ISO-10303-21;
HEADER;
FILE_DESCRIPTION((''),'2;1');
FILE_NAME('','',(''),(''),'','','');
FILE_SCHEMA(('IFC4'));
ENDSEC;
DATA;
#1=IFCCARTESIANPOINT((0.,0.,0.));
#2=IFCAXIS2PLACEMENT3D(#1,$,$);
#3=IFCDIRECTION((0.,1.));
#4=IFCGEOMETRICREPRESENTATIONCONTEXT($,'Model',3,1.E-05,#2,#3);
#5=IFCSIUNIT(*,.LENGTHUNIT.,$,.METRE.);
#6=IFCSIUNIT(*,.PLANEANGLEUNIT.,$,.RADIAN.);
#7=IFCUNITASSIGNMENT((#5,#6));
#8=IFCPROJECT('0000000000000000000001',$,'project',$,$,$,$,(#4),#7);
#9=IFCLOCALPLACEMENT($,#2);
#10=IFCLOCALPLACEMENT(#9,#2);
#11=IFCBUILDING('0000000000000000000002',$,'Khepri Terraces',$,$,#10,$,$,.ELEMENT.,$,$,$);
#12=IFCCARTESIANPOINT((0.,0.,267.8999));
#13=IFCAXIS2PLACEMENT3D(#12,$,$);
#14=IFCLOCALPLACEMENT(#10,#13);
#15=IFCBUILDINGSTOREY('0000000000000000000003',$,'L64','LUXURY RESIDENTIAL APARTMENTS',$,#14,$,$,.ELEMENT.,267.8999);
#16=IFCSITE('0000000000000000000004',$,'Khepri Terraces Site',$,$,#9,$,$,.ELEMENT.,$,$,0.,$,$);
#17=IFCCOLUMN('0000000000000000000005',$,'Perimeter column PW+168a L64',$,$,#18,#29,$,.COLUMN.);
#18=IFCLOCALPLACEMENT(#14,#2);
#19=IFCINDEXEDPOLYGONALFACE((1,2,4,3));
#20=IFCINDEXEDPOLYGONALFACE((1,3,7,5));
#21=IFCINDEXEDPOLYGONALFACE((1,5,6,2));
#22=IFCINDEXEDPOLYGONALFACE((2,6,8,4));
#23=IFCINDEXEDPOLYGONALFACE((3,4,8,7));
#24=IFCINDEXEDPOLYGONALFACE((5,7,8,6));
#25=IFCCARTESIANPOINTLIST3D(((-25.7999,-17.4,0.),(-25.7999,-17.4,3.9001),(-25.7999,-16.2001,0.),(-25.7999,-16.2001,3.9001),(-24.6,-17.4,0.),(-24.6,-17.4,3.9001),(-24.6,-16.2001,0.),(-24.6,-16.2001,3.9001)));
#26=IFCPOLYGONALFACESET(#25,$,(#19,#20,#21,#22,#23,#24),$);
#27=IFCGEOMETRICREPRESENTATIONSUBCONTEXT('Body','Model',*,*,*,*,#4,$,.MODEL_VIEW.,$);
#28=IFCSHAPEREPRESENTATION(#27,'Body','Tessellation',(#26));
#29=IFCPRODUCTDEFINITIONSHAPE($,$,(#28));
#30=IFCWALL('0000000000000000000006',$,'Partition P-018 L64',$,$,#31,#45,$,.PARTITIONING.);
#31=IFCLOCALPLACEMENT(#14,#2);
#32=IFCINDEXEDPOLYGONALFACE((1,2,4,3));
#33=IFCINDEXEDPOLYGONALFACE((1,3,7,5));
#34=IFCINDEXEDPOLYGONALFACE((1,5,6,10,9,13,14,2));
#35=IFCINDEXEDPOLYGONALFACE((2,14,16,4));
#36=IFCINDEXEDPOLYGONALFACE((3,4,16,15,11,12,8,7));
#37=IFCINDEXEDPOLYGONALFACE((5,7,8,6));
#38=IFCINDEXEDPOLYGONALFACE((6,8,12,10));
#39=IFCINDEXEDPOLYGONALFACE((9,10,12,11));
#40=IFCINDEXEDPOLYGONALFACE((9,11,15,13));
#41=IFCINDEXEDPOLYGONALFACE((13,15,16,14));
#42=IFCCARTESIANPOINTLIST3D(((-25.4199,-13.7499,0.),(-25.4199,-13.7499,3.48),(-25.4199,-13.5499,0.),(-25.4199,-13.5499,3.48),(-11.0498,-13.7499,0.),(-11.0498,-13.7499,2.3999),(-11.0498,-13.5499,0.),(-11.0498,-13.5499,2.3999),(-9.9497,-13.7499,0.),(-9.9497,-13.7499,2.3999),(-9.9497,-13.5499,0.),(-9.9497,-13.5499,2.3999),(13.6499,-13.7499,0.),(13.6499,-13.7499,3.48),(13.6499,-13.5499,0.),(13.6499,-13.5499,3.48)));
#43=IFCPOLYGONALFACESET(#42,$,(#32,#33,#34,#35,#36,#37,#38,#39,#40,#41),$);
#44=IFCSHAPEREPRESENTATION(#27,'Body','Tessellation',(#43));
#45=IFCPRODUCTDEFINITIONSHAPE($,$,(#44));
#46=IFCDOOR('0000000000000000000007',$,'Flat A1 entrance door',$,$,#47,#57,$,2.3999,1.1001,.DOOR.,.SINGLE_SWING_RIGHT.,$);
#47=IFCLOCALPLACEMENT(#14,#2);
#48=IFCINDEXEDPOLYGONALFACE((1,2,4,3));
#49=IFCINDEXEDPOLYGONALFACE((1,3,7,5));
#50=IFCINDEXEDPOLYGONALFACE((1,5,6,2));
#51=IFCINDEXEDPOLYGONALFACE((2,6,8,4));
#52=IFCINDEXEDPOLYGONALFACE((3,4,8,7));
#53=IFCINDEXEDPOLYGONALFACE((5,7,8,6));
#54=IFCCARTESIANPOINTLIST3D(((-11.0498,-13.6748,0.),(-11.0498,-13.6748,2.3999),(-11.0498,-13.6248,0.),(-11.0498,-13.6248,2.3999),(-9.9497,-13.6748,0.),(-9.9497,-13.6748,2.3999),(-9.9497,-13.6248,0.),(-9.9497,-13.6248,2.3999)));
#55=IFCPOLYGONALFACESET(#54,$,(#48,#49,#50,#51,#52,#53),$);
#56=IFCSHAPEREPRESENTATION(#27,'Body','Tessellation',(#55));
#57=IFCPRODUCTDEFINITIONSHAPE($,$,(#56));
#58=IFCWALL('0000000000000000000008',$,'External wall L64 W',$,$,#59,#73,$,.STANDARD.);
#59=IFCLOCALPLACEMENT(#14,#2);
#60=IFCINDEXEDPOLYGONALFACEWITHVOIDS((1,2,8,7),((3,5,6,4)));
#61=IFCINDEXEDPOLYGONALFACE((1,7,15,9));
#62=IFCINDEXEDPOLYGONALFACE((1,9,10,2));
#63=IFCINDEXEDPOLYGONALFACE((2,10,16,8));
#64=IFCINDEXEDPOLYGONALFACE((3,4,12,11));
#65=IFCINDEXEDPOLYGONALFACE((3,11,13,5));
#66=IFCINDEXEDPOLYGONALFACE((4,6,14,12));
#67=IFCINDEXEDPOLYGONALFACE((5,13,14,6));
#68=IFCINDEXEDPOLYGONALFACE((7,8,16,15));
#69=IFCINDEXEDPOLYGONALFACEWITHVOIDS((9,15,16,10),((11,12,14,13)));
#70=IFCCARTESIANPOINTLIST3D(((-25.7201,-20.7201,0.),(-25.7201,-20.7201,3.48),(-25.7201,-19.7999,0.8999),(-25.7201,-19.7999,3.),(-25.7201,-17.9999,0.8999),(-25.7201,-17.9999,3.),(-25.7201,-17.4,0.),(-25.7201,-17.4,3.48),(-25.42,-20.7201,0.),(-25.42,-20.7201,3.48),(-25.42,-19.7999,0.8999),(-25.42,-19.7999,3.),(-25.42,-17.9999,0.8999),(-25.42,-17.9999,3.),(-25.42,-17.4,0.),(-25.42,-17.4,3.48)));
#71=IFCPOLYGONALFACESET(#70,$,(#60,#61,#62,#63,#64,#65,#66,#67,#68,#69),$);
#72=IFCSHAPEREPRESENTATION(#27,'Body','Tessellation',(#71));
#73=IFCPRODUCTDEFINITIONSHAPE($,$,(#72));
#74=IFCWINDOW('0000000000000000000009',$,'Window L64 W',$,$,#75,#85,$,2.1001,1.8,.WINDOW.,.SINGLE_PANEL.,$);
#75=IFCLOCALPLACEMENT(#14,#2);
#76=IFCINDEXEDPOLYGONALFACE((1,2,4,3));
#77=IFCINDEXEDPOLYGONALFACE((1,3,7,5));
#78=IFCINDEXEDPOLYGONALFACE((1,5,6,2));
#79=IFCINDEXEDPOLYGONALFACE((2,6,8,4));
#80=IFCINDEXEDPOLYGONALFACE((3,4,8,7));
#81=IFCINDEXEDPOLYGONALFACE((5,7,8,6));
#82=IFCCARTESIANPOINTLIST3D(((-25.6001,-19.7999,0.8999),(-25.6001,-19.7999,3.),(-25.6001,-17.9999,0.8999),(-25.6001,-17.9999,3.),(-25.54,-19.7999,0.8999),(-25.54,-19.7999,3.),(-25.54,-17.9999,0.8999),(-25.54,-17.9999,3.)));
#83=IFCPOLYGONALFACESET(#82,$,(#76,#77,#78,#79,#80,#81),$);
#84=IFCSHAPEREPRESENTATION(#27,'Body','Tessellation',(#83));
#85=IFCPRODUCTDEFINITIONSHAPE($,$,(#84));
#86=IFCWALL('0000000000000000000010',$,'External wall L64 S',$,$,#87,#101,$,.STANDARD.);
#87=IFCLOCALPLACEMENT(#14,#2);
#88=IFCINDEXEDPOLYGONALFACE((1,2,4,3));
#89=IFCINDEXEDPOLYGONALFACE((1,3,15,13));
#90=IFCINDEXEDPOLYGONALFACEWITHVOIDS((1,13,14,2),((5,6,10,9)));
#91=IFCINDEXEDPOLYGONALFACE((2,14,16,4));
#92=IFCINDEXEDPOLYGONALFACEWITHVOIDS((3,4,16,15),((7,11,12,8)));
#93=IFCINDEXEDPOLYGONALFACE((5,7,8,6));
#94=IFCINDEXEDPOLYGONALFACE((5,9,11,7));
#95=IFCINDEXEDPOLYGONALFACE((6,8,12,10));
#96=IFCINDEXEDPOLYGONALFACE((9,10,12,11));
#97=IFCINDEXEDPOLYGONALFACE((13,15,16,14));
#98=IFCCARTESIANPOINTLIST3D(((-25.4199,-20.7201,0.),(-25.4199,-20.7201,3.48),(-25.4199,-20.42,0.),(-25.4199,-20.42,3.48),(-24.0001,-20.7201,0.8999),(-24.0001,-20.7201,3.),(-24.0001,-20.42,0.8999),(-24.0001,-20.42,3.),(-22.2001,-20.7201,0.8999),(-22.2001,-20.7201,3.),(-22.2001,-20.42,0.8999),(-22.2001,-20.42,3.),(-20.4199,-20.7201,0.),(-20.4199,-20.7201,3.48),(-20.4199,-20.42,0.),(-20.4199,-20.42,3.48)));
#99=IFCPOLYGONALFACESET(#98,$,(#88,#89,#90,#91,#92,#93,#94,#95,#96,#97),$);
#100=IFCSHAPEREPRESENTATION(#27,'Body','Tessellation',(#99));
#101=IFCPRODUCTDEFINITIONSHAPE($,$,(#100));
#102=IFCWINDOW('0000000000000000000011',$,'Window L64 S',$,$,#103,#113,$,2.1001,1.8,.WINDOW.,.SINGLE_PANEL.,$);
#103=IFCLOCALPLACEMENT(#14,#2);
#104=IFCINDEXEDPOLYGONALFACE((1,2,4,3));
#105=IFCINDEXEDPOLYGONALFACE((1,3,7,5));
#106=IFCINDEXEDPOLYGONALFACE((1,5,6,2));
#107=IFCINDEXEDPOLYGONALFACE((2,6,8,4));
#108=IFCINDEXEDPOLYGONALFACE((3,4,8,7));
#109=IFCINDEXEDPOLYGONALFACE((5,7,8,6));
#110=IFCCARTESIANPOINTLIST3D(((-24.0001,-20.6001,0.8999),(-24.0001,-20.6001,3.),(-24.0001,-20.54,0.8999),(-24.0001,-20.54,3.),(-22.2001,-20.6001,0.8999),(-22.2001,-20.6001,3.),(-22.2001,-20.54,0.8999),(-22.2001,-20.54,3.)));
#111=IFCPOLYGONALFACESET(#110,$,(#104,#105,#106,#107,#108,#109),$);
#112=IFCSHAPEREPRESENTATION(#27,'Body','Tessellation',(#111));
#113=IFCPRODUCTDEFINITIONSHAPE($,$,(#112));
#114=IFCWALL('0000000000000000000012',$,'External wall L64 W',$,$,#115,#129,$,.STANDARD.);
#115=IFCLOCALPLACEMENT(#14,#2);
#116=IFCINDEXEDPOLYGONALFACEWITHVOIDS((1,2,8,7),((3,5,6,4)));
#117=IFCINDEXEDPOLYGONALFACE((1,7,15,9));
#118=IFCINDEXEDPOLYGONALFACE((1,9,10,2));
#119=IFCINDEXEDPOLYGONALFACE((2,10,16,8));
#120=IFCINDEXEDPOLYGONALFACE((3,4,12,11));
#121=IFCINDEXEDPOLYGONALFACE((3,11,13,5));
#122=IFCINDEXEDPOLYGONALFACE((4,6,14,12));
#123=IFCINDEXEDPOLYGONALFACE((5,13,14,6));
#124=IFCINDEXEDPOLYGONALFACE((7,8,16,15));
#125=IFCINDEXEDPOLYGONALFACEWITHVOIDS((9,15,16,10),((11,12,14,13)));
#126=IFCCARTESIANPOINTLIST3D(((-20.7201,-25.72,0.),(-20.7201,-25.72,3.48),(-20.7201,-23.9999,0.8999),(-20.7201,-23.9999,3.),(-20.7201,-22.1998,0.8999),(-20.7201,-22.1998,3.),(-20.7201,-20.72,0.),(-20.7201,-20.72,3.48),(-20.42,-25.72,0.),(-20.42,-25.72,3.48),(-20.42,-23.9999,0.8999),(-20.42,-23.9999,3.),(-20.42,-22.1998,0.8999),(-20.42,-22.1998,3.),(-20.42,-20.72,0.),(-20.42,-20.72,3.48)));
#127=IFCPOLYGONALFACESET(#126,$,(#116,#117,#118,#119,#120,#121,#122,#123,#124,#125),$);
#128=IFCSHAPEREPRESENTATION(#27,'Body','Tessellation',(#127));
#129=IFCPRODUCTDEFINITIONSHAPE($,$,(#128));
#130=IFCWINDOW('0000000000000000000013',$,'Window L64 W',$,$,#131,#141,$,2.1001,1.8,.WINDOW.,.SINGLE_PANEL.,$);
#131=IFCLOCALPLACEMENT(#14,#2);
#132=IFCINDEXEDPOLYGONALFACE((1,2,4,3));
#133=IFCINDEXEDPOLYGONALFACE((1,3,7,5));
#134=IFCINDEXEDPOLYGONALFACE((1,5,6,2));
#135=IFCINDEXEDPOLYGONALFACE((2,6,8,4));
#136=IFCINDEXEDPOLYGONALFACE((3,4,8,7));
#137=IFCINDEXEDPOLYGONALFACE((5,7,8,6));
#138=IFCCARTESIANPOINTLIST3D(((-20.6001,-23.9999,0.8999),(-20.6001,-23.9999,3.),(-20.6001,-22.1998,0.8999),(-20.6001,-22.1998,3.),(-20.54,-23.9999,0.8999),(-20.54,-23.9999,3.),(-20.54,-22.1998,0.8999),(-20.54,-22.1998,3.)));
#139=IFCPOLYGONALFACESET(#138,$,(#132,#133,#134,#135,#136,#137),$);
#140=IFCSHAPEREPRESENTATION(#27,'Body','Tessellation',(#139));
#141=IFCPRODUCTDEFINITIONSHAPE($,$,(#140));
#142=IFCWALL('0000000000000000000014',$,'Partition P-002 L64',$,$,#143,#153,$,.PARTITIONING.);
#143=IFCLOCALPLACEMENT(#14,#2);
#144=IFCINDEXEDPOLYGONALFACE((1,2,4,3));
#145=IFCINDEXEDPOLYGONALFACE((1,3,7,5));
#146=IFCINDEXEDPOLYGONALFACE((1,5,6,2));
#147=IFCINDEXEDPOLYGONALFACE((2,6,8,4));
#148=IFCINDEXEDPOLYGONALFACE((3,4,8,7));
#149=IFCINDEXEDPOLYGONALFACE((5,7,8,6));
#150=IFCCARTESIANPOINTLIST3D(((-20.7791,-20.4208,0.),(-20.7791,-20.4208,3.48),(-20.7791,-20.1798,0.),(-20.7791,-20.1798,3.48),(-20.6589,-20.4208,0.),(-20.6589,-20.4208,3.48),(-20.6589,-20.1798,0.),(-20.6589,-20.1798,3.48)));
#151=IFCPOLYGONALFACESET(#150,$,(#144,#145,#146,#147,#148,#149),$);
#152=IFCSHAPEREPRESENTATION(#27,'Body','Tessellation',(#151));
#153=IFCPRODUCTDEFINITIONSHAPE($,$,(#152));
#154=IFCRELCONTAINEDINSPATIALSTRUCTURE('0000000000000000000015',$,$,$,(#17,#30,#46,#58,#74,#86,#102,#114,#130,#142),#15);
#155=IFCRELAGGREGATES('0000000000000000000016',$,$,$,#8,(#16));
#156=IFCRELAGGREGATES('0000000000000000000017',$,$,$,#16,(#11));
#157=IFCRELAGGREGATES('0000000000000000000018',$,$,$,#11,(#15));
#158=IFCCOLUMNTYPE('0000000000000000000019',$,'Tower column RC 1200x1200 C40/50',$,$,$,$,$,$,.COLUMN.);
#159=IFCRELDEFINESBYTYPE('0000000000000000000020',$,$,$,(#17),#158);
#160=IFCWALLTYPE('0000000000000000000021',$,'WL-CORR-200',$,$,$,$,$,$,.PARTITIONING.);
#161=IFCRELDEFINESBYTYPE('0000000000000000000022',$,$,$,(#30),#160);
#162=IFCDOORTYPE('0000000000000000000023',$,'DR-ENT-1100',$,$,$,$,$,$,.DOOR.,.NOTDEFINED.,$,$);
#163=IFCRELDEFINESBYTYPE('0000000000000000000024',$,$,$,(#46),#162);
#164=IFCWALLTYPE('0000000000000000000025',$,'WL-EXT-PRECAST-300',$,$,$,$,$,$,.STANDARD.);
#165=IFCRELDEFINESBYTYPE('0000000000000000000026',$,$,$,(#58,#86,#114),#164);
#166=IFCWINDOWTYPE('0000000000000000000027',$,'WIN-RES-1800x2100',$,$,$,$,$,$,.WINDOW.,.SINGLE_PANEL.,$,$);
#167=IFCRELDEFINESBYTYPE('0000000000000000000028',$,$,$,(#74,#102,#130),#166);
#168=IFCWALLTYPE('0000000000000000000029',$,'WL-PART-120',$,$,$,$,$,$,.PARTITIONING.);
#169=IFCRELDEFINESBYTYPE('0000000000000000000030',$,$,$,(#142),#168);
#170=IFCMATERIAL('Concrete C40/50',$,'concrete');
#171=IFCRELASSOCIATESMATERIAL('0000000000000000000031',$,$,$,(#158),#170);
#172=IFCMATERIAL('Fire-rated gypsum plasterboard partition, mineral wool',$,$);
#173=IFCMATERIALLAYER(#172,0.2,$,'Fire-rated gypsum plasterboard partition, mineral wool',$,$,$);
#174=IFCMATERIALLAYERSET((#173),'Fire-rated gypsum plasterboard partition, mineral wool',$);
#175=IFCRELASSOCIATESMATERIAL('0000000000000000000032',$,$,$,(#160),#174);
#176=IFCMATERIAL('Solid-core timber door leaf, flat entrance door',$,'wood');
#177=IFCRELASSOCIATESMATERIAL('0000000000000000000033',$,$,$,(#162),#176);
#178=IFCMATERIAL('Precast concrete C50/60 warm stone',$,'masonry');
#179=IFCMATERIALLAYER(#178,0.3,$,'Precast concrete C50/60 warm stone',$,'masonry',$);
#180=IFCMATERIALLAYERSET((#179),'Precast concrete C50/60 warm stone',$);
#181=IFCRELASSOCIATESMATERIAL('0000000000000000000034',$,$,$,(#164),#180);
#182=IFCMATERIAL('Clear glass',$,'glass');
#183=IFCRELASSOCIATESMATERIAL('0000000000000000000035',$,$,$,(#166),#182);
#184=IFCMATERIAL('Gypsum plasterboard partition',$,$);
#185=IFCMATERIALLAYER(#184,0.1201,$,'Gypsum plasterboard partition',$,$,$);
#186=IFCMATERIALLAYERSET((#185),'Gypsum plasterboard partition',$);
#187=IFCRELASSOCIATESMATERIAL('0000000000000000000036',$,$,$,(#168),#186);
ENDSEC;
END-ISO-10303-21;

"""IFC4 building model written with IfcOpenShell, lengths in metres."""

from ifc_helpers import new_model, si_unit, direction, frame, frame_2d, origin, origin_2d, place, context, subcontext, project, spatial, rectangle, extrude, material, layer, layer_set, material_profile, profile_set, type_object, element, fill, save


model = new_model("IFC4")

# Units and contexts
model_context = context("Model", 3, precision=1e-05, world=origin(), true_north=direction((0.0, 1.0)))
body_context = subcontext(model_context, "Body", "Model", "MODEL_VIEW")
ifc_project = project(units=[si_unit("LENGTHUNIT", "METRE"), si_unit("PLANEANGLEUNIT", "RADIAN")], contexts=[model_context])

# Site, building, storey
site_placement = place(None, origin())
site = spatial("IfcSite", under=ifc_project, at=site_placement, Name="Khepri Terraces Site", CompositionType="ELEMENT", RefElevation=0.0)
building_placement = place(site_placement, origin())
building = spatial("IfcBuilding", under=site, at=building_placement, Name="Khepri Terraces", CompositionType="ELEMENT")
storey_placement = place(building_placement, frame((0.0, 0.0, 267.8999)))
storey = spatial("IfcBuildingStorey", under=building, at=storey_placement, Name="L64", Description="LUXURY RESIDENTIAL APARTMENTS", CompositionType="ELEMENT", Elevation=267.8999)

# Column
ifc_material_1 = material(Name="Concrete C40/50", Category="concrete")
ifc_material_profile = material_profile(ifc_material_1, rectangle(XDim=1.2, YDim=1.2, at=origin_2d()), Name="Concrete C40/50", Category="concrete")
ifc_profile_set = profile_set([ifc_material_profile], Name="Concrete C40/50")
column_type = type_object("IfcColumnType", Name="Tower column RC 1200x1200 C40/50", PredefinedType="COLUMN", material=ifc_profile_set)
column_placement = place(storey_placement, frame((-25.2, -16.8, 0.0), z_axis=(0.0, 0.0, 1.0), x_axis=(1.0, 0.0, 0.0)))
element("IfcColumn", 1, at=column_placement, inside=storey, type_object=column_type, Name="Perimeter column PW+168a L64", PredefinedType="COLUMN", context=body_context, shape_type="SweptSolid", body=[
    extrude(rectangle(XDim=1.2, YDim=1.2, at=origin_2d()), origin(), (0.0, 0.0, 1.0), 3.9001),
])

# Wall, opening, door
ifc_material_2 = material(Name="Fire-rated gypsum plasterboard partition, mineral wool")
ifc_layer_1 = layer(ifc_material_2, 0.2, Name="Fire-rated gypsum plasterboard partition, mineral wool")
ifc_layer_set_1 = layer_set([ifc_layer_1], Name="Fire-rated gypsum plasterboard partition, mineral wool")
wall_type_1 = type_object("IfcWallType", Name="WL-CORR-200", PredefinedType="PARTITIONING", material=ifc_layer_set_1)
wall_1_placement = place(storey_placement, frame((-25.4199, -13.6499, 0.0), z_axis=(0.0, 0.0, 1.0), x_axis=(1.0, 0.0, 0.0)))
wall_1 = element("IfcWall", 2, at=wall_1_placement, inside=storey, type_object=wall_type_1, Name="Partition P-018 L64", PredefinedType="PARTITIONING", context=body_context, shape_type="SweptSolid", body=[
    extrude(rectangle(XDim=39.0698, YDim=0.2, at=frame_2d((19.5349, 0.0))), origin(), (0.0, 0.0, 1.0), 3.48),
])
opening_1_placement = place(wall_1_placement, frame((14.3701, 0.0, 0.0)))
opening_1 = element("IfcOpeningElement", 3, at=opening_1_placement, cuts=wall_1, PredefinedType="OPENING", context=body_context, shape_type="SweptSolid", body=[
    extrude(rectangle(XDim=1.1001, YDim=2.3999, at=frame_2d((0.55, 1.2))), frame((0.0, 0.1099, 0.0), z_axis=(0.0, -1.0, 0.0), x_axis=(1.0, 0.0, 0.0)), (0.0, 0.0, 1.0), 0.22),
])
ifc_material_3 = material(Name="Solid-core timber door leaf, flat entrance door", Category="wood")
door_type_1 = type_object("IfcDoorType", Name="DR-ENT-1100", OperationType="NOTDEFINED", PredefinedType="DOOR", material=ifc_material_3)
door_1_placement = place(opening_1_placement, frame((1.1001, 0.0, 0.0), z_axis=(0.0, 0.0, 1.0), x_axis=(-1.0, 0.0, 0.0)))
door_1 = element("IfcDoor", 4, at=door_1_placement, inside=storey, type_object=door_type_1, Name="Flat A1 entrance door", OperationType="SINGLE_SWING_RIGHT", OverallHeight=2.3999, OverallWidth=1.1001, PredefinedType="DOOR", context=body_context, shape_type="SweptSolid", body=[
    extrude(rectangle(XDim=1.1001, YDim=2.3999, at=frame_2d((0.55, 1.2))), frame((0.0, 0.0249, 0.0), z_axis=(0.0, -1.0, 0.0), x_axis=(1.0, 0.0, 0.0)), (0.0, 0.0, 1.0), 0.05),
])
fill(opening_1, door_1)

# Walls, openings, windows
ifc_material_4 = material(Name="Precast concrete C50/60 warm stone", Category="masonry")
ifc_layer_2 = layer(ifc_material_4, 0.3, Name="Precast concrete C50/60 warm stone", Category="masonry")
ifc_layer_set_2 = layer_set([ifc_layer_2], Name="Precast concrete C50/60 warm stone")
wall_type_2 = type_object("IfcWallType", Name="WL-EXT-PRECAST-300", PredefinedType="STANDARD", material=ifc_layer_set_2)
wall_2_placement = place(storey_placement, frame((-25.5701, -17.3999, 0.0), z_axis=(0.0, 0.0, 1.0), x_axis=(0.0, -1.0, 0.0)))
wall_2 = element("IfcWall", 5, at=wall_2_placement, inside=storey, type_object=wall_type_2, Name="External wall L64 W", PredefinedType="STANDARD", context=body_context, shape_type="SweptSolid", body=[
    extrude(rectangle(XDim=3.3201, YDim=0.3, at=frame_2d((1.6602, 0.0))), origin(), (0.0, 0.0, 1.0), 3.48),
])
opening_2_placement = place(wall_2_placement, frame((0.6001, 0.0, 0.8999)))
opening_2 = element("IfcOpeningElement", 6, at=opening_2_placement, cuts=wall_2, PredefinedType="OPENING", context=body_context, shape_type="SweptSolid", body=[
    extrude(rectangle(XDim=1.8, YDim=2.1001, at=frame_2d((0.8999, 1.05))), frame((0.0, 0.1602, 0.0), z_axis=(0.0, -1.0, 0.0), x_axis=(1.0, 0.0, 0.0)), (0.0, 0.0, 1.0), 0.3201),
])
ifc_material_5 = material(Name="Clear glass", Category="glass")
window_type = type_object("IfcWindowType", Name="WIN-RES-1800x2100", PartitioningType="SINGLE_PANEL", PredefinedType="WINDOW", material=ifc_material_5)
window_1_placement = place(opening_2_placement, origin())
window_1 = element("IfcWindow", 7, at=window_1_placement, inside=storey, type_object=window_type, Name="Window L64 W", OverallHeight=2.1001, OverallWidth=1.8, PartitioningType="SINGLE_PANEL", PredefinedType="WINDOW", context=body_context, shape_type="SweptSolid", body=[
    extrude(rectangle(XDim=1.8, YDim=2.1001, at=frame_2d((0.8999, 1.05))), frame((0.0, 0.03, 0.0), z_axis=(0.0, -1.0, 0.0), x_axis=(1.0, 0.0, 0.0)), (0.0, 0.0, 1.0), 0.0601),
])
fill(opening_2, window_1)
wall_3_placement = place(storey_placement, frame((-25.4199, -20.5701, 0.0), z_axis=(0.0, 0.0, 1.0), x_axis=(1.0, 0.0, 0.0)))
wall_3 = element("IfcWall", 8, at=wall_3_placement, inside=storey, type_object=wall_type_2, Name="External wall L64 S", PredefinedType="STANDARD", context=body_context, shape_type="SweptSolid", body=[
    extrude(rectangle(XDim=5.0, YDim=0.3, at=frame_2d((2.5, 0.0))), origin(), (0.0, 0.0, 1.0), 3.48),
])
opening_3_placement = place(wall_3_placement, frame((1.4199, 0.0, 0.8999)))
opening_3 = element("IfcOpeningElement", 9, at=opening_3_placement, cuts=wall_3, PredefinedType="OPENING", context=body_context, shape_type="SweptSolid", body=[
    extrude(rectangle(XDim=1.8, YDim=2.1001, at=frame_2d((0.8999, 1.05))), frame((0.0, 0.1602, 0.0), z_axis=(0.0, -1.0, 0.0), x_axis=(1.0, 0.0, 0.0)), (0.0, 0.0, 1.0), 0.3201),
])
window_2_placement = place(opening_3_placement, origin())
window_2 = element("IfcWindow", 10, at=window_2_placement, inside=storey, type_object=window_type, Name="Window L64 S", OverallHeight=2.1001, OverallWidth=1.8, PartitioningType="SINGLE_PANEL", PredefinedType="WINDOW", context=body_context, shape_type="SweptSolid", body=[
    extrude(rectangle(XDim=1.8, YDim=2.1001, at=frame_2d((0.8999, 1.05))), frame((0.0, 0.03, 0.0), z_axis=(0.0, -1.0, 0.0), x_axis=(1.0, 0.0, 0.0)), (0.0, 0.0, 1.0), 0.0601),
])
fill(opening_3, window_2)
wall_4_placement = place(storey_placement, frame((-20.5701, -20.72, 0.0), z_axis=(0.0, 0.0, 1.0), x_axis=(0.0, -1.0, 0.0)))
wall_4 = element("IfcWall", 11, at=wall_4_placement, inside=storey, type_object=wall_type_2, Name="External wall L64 W", PredefinedType="STANDARD", context=body_context, shape_type="SweptSolid", body=[
    extrude(rectangle(XDim=5.0, YDim=0.3, at=frame_2d((2.5, 0.0))), origin(), (0.0, 0.0, 1.0), 3.48),
])
opening_4_placement = place(wall_4_placement, frame((1.48, 0.0, 0.8999)))
opening_4 = element("IfcOpeningElement", 12, at=opening_4_placement, cuts=wall_4, PredefinedType="OPENING", context=body_context, shape_type="SweptSolid", body=[
    extrude(rectangle(XDim=1.8, YDim=2.1001, at=frame_2d((0.8999, 1.05))), frame((0.0, 0.1602, 0.0), z_axis=(0.0, -1.0, 0.0), x_axis=(1.0, 0.0, 0.0)), (0.0, 0.0, 1.0), 0.3201),
])
window_3_placement = place(opening_4_placement, origin())
window_3 = element("IfcWindow", 13, at=window_3_placement, inside=storey, type_object=window_type, Name="Window L64 W", OverallHeight=2.1001, OverallWidth=1.8, PartitioningType="SINGLE_PANEL", PredefinedType="WINDOW", context=body_context, shape_type="SweptSolid", body=[
    extrude(rectangle(XDim=1.8, YDim=2.1001, at=frame_2d((0.8999, 1.05))), frame((0.0, 0.03, 0.0), z_axis=(0.0, -1.0, 0.0), x_axis=(1.0, 0.0, 0.0)), (0.0, 0.0, 1.0), 0.0601),
])
fill(opening_4, window_3)

# Wall
ifc_material_6 = material(Name="Gypsum plasterboard partition")
ifc_layer_3 = layer(ifc_material_6, 0.1201, Name="Gypsum plasterboard partition")
ifc_layer_set_3 = layer_set([ifc_layer_3], Name="Gypsum plasterboard partition")
wall_type_3 = type_object("IfcWallType", Name="WL-PART-120", PredefinedType="PARTITIONING", material=ifc_layer_set_3)
wall_5_placement = place(storey_placement, frame((-20.719, -20.4209, 0.0), z_axis=(0.0, 0.0, 1.0), x_axis=(0.0, 1.0, 0.0)))
element("IfcWall", 14, at=wall_5_placement, inside=storey, type_object=wall_type_3, Name="Partition P-002 L64", PredefinedType="PARTITIONING", context=body_context, shape_type="SweptSolid", body=[
    extrude(rectangle(XDim=0.241, YDim=0.1201, at=frame_2d((0.1206, 0.0))), origin(), (0.0, 0.0, 1.0), 3.48),
])

save(model, "model.ifc")
